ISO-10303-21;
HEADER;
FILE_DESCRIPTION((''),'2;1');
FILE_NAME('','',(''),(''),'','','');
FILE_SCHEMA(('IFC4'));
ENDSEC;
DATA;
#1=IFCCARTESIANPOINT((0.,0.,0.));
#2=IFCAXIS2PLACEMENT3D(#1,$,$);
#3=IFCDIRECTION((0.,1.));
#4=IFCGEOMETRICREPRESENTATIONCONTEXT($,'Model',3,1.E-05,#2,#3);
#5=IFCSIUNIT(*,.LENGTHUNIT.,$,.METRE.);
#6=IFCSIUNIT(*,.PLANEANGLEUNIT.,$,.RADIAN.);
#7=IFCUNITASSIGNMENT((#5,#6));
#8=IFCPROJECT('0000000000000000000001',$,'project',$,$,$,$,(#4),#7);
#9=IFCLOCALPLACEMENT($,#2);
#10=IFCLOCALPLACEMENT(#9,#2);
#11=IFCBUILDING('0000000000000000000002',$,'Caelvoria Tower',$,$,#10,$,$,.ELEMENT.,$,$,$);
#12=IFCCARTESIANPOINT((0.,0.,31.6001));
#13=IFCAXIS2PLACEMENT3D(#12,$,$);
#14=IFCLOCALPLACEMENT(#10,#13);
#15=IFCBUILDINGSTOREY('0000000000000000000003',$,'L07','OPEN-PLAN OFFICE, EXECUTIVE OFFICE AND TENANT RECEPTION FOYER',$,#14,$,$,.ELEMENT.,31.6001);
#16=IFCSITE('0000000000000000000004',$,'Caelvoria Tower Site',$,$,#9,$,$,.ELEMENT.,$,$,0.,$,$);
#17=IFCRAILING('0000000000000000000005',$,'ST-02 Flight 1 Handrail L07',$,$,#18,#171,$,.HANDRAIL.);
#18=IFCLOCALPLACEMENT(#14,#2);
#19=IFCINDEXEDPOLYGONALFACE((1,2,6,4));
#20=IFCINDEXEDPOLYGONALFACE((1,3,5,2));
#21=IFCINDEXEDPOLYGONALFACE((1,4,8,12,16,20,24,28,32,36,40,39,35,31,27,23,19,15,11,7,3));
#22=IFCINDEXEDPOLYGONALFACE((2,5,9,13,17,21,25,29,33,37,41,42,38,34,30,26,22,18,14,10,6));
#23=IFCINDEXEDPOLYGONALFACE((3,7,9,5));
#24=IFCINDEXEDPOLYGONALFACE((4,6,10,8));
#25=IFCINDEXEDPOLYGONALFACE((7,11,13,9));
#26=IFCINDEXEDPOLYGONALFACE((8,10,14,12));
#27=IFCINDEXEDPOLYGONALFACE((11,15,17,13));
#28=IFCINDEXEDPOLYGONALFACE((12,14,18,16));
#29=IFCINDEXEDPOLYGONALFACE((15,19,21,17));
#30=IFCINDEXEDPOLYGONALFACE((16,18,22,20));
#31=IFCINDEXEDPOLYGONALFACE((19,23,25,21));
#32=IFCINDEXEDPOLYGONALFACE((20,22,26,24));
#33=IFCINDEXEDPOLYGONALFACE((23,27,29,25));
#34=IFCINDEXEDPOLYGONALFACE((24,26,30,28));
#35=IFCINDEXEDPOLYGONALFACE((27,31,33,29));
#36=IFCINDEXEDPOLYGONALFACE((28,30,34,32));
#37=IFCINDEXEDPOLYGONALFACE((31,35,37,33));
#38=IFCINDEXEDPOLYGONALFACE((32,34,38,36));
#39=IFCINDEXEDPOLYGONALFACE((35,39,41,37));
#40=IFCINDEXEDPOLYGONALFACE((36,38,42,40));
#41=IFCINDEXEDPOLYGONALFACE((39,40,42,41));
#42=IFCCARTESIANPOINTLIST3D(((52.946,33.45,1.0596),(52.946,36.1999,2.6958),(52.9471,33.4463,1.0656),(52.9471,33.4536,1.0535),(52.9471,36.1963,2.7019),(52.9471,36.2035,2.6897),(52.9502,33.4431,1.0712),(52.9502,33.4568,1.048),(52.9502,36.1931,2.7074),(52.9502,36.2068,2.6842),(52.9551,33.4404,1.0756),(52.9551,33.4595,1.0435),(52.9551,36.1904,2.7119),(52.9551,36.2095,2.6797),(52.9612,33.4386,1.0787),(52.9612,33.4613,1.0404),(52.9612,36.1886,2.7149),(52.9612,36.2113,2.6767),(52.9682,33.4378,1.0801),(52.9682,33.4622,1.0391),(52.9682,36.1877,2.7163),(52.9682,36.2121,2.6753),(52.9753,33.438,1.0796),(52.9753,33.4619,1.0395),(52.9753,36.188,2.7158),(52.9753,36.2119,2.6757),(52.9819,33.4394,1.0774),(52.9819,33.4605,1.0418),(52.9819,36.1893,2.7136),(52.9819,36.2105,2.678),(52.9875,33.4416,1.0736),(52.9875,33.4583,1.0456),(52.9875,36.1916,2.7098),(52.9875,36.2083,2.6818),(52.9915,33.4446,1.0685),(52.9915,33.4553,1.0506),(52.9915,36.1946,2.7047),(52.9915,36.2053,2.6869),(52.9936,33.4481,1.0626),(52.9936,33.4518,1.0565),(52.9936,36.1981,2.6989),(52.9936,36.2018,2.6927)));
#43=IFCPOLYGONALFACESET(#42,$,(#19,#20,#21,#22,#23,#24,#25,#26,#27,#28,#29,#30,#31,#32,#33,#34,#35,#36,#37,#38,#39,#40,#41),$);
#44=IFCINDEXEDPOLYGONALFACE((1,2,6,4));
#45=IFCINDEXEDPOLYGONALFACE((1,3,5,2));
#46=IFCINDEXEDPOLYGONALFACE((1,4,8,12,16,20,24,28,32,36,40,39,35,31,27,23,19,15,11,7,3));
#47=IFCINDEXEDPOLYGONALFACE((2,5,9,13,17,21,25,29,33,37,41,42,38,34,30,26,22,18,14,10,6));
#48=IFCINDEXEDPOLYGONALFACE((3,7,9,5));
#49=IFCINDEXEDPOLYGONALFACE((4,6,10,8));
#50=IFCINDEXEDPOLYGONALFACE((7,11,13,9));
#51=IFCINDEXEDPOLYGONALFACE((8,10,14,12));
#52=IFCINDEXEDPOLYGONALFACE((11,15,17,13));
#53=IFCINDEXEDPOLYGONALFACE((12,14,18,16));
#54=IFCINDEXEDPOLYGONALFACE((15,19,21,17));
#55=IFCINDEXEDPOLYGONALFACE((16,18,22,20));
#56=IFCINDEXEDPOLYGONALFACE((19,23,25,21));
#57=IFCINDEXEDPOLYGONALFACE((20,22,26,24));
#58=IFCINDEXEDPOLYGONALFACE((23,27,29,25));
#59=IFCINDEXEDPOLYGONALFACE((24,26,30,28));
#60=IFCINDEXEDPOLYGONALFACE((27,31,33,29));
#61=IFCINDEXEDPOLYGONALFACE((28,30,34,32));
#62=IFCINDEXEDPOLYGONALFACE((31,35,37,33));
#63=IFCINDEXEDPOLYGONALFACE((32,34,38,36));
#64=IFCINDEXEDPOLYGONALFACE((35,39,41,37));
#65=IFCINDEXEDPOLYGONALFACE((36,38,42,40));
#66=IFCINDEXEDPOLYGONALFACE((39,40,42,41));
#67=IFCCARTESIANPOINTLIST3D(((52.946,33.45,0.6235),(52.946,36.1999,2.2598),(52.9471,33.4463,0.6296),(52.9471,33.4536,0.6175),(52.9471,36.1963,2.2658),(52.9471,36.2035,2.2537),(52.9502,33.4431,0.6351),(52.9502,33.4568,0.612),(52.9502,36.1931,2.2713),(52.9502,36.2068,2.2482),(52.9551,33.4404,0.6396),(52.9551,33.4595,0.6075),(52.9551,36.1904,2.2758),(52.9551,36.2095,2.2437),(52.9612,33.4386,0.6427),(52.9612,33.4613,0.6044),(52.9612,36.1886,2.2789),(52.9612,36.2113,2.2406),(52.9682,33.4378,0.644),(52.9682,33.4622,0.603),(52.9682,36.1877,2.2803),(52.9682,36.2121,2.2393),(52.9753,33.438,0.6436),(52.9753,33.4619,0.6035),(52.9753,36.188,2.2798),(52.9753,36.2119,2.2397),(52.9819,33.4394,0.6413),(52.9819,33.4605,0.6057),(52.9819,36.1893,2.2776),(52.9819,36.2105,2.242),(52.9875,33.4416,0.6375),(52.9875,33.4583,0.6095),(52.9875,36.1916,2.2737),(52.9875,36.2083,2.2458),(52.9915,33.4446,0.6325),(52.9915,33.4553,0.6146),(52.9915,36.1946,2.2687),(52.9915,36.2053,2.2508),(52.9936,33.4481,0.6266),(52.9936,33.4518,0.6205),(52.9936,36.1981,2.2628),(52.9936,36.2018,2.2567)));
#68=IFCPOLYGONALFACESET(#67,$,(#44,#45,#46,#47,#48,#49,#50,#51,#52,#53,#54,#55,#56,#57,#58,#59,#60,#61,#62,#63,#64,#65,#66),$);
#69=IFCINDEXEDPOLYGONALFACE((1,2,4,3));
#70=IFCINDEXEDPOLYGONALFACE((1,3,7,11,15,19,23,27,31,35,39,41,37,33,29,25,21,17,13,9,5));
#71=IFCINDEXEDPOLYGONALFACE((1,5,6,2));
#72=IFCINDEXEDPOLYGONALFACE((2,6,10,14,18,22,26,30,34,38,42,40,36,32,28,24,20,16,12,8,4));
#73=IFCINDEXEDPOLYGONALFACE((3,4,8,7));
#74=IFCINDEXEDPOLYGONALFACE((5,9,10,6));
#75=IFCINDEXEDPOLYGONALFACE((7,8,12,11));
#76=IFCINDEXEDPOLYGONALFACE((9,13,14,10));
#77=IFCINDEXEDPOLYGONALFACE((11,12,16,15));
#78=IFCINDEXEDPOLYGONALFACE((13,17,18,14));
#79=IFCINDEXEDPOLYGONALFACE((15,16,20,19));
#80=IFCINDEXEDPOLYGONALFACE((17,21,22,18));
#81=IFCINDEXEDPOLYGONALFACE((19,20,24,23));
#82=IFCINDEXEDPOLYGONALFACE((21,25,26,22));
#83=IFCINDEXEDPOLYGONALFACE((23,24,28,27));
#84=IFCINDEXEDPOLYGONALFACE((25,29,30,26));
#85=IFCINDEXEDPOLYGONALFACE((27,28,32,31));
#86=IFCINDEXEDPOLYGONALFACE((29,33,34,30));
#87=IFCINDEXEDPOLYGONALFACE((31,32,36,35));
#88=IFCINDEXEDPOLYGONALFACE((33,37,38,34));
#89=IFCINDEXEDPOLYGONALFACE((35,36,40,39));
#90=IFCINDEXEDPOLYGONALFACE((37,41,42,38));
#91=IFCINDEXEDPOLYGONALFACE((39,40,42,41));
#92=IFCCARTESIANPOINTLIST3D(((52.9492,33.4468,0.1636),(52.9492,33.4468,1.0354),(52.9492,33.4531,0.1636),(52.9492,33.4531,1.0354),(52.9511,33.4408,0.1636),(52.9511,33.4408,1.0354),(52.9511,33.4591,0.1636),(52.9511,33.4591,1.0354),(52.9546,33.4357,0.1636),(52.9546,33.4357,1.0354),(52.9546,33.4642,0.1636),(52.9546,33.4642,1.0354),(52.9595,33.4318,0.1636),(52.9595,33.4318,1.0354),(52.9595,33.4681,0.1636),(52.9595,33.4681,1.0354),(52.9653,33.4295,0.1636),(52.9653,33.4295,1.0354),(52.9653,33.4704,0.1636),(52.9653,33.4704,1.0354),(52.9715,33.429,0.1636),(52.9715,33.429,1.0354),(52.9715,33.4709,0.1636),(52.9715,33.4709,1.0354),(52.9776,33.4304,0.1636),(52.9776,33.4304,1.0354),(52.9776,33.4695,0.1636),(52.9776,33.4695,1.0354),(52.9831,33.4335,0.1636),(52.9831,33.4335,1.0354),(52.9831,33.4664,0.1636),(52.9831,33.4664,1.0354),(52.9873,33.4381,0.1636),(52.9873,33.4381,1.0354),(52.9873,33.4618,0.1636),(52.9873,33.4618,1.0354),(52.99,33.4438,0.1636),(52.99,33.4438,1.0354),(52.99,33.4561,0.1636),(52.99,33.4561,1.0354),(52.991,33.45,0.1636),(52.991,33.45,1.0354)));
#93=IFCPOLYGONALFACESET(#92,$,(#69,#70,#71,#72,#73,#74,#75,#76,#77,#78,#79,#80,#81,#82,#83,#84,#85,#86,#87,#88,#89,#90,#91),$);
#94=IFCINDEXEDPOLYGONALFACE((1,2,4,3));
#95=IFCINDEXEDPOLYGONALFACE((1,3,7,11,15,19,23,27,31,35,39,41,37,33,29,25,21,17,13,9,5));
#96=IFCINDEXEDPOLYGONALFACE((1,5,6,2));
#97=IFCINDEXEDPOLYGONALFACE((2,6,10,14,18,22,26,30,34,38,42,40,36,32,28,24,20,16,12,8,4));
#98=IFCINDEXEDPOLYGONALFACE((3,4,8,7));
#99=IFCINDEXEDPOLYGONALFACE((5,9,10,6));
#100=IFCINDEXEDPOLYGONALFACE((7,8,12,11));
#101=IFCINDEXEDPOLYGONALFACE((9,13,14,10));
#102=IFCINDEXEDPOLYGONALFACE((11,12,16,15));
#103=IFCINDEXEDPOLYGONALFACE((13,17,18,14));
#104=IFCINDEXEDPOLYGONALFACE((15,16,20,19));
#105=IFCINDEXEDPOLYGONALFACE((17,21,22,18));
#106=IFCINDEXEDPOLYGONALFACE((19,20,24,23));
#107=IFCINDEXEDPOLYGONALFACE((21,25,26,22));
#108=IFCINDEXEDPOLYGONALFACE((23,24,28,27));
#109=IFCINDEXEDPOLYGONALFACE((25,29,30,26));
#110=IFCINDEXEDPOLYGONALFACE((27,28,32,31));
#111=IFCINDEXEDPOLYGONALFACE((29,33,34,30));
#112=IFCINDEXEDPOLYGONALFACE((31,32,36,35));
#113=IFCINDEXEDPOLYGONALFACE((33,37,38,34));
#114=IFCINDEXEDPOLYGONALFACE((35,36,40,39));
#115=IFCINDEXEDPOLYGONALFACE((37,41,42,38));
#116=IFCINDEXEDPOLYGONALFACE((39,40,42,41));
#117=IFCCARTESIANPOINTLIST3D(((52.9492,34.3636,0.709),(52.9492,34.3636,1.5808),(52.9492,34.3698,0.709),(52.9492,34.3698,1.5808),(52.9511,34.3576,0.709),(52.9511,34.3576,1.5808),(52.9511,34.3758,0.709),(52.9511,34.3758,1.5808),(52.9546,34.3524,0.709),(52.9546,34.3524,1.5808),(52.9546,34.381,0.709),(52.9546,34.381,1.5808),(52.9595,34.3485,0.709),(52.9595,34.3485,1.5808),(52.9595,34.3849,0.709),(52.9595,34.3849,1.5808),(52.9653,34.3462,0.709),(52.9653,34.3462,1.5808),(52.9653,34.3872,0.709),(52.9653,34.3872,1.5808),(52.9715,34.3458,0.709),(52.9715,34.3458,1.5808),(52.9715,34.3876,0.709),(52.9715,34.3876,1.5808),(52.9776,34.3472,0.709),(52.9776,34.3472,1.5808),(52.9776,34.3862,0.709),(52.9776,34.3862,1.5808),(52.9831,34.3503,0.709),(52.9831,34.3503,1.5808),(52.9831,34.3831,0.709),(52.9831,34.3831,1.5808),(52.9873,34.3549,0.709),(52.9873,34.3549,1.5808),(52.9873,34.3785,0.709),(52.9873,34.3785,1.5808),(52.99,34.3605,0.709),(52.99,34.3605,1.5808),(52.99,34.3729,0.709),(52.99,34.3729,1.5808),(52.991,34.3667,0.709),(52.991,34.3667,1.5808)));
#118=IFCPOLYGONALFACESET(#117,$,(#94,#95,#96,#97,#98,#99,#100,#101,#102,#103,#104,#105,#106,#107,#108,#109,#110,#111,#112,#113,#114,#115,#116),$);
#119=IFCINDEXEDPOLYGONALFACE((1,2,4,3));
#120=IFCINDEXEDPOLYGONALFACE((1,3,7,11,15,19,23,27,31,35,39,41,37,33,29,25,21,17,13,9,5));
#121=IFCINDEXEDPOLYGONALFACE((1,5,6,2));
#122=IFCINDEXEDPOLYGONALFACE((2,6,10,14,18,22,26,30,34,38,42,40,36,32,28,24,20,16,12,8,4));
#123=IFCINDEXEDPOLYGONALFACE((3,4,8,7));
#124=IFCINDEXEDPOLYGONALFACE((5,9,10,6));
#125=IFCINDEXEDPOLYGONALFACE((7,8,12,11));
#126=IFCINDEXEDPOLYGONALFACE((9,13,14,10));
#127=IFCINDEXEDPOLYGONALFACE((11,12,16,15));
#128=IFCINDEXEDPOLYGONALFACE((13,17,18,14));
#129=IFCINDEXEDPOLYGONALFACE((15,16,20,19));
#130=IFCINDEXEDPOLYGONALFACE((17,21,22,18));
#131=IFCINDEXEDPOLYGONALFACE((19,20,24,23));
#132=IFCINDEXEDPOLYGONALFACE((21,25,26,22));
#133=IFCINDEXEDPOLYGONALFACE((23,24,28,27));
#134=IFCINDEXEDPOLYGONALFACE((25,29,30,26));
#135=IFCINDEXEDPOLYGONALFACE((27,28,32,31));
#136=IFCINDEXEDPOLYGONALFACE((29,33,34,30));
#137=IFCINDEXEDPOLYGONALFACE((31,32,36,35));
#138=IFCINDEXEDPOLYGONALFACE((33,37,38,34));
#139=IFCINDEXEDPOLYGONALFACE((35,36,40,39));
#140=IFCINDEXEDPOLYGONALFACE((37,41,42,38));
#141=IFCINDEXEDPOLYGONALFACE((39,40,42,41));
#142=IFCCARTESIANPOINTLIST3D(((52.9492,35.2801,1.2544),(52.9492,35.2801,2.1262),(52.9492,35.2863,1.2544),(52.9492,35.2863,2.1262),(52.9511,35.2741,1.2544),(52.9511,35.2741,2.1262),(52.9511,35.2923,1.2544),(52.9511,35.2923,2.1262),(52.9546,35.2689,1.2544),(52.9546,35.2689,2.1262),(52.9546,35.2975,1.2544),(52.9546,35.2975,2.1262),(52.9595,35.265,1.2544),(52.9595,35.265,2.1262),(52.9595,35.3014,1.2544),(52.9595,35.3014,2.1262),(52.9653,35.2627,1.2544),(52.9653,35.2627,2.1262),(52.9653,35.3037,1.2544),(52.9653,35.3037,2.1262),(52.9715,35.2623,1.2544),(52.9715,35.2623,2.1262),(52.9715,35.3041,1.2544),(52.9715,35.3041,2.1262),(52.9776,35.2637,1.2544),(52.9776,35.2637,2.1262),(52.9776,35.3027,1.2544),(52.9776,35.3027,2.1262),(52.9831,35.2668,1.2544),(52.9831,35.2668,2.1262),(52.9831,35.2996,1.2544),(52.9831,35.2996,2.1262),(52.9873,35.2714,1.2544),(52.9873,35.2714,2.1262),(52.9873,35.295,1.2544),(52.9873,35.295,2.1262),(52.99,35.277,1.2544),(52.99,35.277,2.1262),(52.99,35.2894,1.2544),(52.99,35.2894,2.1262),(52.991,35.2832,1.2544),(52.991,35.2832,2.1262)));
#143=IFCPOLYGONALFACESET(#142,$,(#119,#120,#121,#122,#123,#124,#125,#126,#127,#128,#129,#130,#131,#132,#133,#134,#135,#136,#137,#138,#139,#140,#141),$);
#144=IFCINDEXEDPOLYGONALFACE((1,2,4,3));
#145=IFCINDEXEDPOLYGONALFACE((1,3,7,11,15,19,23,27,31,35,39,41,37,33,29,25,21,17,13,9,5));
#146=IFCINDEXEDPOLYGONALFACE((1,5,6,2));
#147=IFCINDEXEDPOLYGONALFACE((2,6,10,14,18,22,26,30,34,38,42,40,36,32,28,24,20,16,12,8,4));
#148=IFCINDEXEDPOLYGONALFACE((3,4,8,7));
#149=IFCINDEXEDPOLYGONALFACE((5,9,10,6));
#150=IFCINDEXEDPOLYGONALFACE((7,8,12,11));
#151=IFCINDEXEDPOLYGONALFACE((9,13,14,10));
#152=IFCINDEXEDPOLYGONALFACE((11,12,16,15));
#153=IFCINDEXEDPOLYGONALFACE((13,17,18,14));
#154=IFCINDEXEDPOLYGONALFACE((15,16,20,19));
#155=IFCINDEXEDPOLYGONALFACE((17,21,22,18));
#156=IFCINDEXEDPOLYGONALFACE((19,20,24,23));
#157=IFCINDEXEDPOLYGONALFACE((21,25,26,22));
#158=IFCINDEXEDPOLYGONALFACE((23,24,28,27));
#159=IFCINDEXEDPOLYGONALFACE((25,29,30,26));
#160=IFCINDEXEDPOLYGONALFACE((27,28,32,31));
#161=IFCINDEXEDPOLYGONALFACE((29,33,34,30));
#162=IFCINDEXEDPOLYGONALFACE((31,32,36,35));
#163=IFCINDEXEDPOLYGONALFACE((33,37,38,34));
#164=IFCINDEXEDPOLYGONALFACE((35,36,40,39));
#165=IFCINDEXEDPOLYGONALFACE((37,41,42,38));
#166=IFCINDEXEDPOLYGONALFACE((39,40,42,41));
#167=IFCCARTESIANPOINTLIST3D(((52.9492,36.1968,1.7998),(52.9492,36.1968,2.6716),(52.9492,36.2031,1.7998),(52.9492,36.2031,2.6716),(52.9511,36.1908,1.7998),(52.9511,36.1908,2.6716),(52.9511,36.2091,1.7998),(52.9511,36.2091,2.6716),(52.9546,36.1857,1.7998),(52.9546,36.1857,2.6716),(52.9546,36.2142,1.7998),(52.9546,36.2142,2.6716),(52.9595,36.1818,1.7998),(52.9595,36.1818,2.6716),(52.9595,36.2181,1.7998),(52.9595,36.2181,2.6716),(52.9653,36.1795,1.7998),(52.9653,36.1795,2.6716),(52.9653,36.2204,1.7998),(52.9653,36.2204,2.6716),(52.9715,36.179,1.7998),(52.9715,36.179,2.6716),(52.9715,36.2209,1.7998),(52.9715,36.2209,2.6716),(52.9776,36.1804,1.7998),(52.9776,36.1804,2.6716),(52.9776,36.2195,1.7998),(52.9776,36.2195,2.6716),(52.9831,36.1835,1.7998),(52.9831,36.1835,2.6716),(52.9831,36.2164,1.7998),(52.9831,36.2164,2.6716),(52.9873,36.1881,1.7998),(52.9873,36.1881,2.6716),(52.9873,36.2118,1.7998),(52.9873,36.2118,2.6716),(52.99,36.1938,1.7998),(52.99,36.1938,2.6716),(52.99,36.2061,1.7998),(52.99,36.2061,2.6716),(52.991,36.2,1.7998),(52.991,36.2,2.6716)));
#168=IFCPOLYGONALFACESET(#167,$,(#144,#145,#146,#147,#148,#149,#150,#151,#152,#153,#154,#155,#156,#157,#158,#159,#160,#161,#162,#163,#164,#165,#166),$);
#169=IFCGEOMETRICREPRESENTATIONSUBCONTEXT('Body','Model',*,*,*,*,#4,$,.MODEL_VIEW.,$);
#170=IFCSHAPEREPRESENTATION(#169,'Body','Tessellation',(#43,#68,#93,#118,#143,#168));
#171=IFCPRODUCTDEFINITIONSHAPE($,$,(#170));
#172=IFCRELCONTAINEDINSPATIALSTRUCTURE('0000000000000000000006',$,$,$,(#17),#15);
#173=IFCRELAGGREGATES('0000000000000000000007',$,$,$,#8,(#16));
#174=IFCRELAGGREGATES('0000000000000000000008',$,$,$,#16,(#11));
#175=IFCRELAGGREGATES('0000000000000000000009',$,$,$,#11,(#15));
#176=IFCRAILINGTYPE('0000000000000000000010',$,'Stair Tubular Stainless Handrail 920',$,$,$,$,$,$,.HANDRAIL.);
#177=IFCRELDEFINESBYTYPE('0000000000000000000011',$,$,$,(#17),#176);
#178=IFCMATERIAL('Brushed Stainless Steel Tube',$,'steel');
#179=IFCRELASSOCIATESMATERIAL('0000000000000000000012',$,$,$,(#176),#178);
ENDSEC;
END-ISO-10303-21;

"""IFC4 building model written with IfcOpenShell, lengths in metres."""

from ifc_helpers import new_model, si_unit, direction, frame, origin, origin_2d, place, context, subcontext, project, spatial, circle, extrude, material, type_object, element, save


model = new_model("IFC4")

# Units and contexts
model_context = context("Model", 3, precision=1e-05, world=origin(), true_north=direction((0.0, 1.0)))
body_context = subcontext(model_context, "Body", "Model", "MODEL_VIEW")
ifc_project = project(units=[si_unit("LENGTHUNIT", "METRE"), si_unit("PLANEANGLEUNIT", "RADIAN")], contexts=[model_context])

# Site, building, storey
site_placement = place(None, origin())
site = spatial("IfcSite", under=ifc_project, at=site_placement, Name="Caelvoria Tower Site", CompositionType="ELEMENT", RefElevation=0.0)
building_placement = place(site_placement, origin())
building = spatial("IfcBuilding", under=site, at=building_placement, Name="Caelvoria Tower", CompositionType="ELEMENT")
storey_placement = place(building_placement, frame((0.0, 0.0, 31.6001)))
storey = spatial("IfcBuildingStorey", under=building, at=storey_placement, Name="L07", Description="OPEN-PLAN OFFICE, EXECUTIVE OFFICE AND TENANT RECEPTION FOYER", CompositionType="ELEMENT", Elevation=31.6001)

# Railing
ifc_material_1 = material(Name="Brushed Stainless Steel Tube", Category="steel")
railing_type_1 = type_object("IfcRailingType", Name="Stair Tubular Stainless Handrail 920", PredefinedType="HANDRAIL", material=ifc_material_1)
railing_1_placement = place(storey_placement, frame((52.97, 33.45, 0.1636)))
element("IfcRailing", 1, at=railing_1_placement, inside=storey, type_object=railing_type_1, Name="ST-02 Flight 1 Handrail L07", PredefinedType="HANDRAIL", context=body_context, shape_type="SweptSolid", body=[
    extrude(circle(Radius=0.0239, at=origin_2d()), frame((0.0, 0.0, 0.896), z_axis=(0.0, 0.859385, 0.511328), x_axis=(-1.0, 0.0, 0.0)), (0.0, 0.0, 1.0), 3.2),
    extrude(circle(Radius=0.0239, at=origin_2d()), frame((0.0, 0.0, 0.46), z_axis=(0.0, 0.859385, 0.511328), x_axis=(-1.0, 0.0, 0.0)), (0.0, 0.0, 1.0), 3.2),
    extrude(circle(Radius=0.021, at=origin_2d()), origin(), (0.0, 0.0, 1.0), 0.8718),
    extrude(circle(Radius=0.021, at=origin_2d()), frame((0.0, 0.9167, 0.5454)), (0.0, 0.0, 1.0), 0.8718),
    extrude(circle(Radius=0.021, at=origin_2d()), frame((0.0, 1.8333, 1.0908)), (0.0, 0.0, 1.0), 0.8718),
    extrude(circle(Radius=0.021, at=origin_2d()), frame((0.0, 2.75, 1.6362)), (0.0, 0.0, 1.0), 0.8718),
])

save(model, "model.ifc")
